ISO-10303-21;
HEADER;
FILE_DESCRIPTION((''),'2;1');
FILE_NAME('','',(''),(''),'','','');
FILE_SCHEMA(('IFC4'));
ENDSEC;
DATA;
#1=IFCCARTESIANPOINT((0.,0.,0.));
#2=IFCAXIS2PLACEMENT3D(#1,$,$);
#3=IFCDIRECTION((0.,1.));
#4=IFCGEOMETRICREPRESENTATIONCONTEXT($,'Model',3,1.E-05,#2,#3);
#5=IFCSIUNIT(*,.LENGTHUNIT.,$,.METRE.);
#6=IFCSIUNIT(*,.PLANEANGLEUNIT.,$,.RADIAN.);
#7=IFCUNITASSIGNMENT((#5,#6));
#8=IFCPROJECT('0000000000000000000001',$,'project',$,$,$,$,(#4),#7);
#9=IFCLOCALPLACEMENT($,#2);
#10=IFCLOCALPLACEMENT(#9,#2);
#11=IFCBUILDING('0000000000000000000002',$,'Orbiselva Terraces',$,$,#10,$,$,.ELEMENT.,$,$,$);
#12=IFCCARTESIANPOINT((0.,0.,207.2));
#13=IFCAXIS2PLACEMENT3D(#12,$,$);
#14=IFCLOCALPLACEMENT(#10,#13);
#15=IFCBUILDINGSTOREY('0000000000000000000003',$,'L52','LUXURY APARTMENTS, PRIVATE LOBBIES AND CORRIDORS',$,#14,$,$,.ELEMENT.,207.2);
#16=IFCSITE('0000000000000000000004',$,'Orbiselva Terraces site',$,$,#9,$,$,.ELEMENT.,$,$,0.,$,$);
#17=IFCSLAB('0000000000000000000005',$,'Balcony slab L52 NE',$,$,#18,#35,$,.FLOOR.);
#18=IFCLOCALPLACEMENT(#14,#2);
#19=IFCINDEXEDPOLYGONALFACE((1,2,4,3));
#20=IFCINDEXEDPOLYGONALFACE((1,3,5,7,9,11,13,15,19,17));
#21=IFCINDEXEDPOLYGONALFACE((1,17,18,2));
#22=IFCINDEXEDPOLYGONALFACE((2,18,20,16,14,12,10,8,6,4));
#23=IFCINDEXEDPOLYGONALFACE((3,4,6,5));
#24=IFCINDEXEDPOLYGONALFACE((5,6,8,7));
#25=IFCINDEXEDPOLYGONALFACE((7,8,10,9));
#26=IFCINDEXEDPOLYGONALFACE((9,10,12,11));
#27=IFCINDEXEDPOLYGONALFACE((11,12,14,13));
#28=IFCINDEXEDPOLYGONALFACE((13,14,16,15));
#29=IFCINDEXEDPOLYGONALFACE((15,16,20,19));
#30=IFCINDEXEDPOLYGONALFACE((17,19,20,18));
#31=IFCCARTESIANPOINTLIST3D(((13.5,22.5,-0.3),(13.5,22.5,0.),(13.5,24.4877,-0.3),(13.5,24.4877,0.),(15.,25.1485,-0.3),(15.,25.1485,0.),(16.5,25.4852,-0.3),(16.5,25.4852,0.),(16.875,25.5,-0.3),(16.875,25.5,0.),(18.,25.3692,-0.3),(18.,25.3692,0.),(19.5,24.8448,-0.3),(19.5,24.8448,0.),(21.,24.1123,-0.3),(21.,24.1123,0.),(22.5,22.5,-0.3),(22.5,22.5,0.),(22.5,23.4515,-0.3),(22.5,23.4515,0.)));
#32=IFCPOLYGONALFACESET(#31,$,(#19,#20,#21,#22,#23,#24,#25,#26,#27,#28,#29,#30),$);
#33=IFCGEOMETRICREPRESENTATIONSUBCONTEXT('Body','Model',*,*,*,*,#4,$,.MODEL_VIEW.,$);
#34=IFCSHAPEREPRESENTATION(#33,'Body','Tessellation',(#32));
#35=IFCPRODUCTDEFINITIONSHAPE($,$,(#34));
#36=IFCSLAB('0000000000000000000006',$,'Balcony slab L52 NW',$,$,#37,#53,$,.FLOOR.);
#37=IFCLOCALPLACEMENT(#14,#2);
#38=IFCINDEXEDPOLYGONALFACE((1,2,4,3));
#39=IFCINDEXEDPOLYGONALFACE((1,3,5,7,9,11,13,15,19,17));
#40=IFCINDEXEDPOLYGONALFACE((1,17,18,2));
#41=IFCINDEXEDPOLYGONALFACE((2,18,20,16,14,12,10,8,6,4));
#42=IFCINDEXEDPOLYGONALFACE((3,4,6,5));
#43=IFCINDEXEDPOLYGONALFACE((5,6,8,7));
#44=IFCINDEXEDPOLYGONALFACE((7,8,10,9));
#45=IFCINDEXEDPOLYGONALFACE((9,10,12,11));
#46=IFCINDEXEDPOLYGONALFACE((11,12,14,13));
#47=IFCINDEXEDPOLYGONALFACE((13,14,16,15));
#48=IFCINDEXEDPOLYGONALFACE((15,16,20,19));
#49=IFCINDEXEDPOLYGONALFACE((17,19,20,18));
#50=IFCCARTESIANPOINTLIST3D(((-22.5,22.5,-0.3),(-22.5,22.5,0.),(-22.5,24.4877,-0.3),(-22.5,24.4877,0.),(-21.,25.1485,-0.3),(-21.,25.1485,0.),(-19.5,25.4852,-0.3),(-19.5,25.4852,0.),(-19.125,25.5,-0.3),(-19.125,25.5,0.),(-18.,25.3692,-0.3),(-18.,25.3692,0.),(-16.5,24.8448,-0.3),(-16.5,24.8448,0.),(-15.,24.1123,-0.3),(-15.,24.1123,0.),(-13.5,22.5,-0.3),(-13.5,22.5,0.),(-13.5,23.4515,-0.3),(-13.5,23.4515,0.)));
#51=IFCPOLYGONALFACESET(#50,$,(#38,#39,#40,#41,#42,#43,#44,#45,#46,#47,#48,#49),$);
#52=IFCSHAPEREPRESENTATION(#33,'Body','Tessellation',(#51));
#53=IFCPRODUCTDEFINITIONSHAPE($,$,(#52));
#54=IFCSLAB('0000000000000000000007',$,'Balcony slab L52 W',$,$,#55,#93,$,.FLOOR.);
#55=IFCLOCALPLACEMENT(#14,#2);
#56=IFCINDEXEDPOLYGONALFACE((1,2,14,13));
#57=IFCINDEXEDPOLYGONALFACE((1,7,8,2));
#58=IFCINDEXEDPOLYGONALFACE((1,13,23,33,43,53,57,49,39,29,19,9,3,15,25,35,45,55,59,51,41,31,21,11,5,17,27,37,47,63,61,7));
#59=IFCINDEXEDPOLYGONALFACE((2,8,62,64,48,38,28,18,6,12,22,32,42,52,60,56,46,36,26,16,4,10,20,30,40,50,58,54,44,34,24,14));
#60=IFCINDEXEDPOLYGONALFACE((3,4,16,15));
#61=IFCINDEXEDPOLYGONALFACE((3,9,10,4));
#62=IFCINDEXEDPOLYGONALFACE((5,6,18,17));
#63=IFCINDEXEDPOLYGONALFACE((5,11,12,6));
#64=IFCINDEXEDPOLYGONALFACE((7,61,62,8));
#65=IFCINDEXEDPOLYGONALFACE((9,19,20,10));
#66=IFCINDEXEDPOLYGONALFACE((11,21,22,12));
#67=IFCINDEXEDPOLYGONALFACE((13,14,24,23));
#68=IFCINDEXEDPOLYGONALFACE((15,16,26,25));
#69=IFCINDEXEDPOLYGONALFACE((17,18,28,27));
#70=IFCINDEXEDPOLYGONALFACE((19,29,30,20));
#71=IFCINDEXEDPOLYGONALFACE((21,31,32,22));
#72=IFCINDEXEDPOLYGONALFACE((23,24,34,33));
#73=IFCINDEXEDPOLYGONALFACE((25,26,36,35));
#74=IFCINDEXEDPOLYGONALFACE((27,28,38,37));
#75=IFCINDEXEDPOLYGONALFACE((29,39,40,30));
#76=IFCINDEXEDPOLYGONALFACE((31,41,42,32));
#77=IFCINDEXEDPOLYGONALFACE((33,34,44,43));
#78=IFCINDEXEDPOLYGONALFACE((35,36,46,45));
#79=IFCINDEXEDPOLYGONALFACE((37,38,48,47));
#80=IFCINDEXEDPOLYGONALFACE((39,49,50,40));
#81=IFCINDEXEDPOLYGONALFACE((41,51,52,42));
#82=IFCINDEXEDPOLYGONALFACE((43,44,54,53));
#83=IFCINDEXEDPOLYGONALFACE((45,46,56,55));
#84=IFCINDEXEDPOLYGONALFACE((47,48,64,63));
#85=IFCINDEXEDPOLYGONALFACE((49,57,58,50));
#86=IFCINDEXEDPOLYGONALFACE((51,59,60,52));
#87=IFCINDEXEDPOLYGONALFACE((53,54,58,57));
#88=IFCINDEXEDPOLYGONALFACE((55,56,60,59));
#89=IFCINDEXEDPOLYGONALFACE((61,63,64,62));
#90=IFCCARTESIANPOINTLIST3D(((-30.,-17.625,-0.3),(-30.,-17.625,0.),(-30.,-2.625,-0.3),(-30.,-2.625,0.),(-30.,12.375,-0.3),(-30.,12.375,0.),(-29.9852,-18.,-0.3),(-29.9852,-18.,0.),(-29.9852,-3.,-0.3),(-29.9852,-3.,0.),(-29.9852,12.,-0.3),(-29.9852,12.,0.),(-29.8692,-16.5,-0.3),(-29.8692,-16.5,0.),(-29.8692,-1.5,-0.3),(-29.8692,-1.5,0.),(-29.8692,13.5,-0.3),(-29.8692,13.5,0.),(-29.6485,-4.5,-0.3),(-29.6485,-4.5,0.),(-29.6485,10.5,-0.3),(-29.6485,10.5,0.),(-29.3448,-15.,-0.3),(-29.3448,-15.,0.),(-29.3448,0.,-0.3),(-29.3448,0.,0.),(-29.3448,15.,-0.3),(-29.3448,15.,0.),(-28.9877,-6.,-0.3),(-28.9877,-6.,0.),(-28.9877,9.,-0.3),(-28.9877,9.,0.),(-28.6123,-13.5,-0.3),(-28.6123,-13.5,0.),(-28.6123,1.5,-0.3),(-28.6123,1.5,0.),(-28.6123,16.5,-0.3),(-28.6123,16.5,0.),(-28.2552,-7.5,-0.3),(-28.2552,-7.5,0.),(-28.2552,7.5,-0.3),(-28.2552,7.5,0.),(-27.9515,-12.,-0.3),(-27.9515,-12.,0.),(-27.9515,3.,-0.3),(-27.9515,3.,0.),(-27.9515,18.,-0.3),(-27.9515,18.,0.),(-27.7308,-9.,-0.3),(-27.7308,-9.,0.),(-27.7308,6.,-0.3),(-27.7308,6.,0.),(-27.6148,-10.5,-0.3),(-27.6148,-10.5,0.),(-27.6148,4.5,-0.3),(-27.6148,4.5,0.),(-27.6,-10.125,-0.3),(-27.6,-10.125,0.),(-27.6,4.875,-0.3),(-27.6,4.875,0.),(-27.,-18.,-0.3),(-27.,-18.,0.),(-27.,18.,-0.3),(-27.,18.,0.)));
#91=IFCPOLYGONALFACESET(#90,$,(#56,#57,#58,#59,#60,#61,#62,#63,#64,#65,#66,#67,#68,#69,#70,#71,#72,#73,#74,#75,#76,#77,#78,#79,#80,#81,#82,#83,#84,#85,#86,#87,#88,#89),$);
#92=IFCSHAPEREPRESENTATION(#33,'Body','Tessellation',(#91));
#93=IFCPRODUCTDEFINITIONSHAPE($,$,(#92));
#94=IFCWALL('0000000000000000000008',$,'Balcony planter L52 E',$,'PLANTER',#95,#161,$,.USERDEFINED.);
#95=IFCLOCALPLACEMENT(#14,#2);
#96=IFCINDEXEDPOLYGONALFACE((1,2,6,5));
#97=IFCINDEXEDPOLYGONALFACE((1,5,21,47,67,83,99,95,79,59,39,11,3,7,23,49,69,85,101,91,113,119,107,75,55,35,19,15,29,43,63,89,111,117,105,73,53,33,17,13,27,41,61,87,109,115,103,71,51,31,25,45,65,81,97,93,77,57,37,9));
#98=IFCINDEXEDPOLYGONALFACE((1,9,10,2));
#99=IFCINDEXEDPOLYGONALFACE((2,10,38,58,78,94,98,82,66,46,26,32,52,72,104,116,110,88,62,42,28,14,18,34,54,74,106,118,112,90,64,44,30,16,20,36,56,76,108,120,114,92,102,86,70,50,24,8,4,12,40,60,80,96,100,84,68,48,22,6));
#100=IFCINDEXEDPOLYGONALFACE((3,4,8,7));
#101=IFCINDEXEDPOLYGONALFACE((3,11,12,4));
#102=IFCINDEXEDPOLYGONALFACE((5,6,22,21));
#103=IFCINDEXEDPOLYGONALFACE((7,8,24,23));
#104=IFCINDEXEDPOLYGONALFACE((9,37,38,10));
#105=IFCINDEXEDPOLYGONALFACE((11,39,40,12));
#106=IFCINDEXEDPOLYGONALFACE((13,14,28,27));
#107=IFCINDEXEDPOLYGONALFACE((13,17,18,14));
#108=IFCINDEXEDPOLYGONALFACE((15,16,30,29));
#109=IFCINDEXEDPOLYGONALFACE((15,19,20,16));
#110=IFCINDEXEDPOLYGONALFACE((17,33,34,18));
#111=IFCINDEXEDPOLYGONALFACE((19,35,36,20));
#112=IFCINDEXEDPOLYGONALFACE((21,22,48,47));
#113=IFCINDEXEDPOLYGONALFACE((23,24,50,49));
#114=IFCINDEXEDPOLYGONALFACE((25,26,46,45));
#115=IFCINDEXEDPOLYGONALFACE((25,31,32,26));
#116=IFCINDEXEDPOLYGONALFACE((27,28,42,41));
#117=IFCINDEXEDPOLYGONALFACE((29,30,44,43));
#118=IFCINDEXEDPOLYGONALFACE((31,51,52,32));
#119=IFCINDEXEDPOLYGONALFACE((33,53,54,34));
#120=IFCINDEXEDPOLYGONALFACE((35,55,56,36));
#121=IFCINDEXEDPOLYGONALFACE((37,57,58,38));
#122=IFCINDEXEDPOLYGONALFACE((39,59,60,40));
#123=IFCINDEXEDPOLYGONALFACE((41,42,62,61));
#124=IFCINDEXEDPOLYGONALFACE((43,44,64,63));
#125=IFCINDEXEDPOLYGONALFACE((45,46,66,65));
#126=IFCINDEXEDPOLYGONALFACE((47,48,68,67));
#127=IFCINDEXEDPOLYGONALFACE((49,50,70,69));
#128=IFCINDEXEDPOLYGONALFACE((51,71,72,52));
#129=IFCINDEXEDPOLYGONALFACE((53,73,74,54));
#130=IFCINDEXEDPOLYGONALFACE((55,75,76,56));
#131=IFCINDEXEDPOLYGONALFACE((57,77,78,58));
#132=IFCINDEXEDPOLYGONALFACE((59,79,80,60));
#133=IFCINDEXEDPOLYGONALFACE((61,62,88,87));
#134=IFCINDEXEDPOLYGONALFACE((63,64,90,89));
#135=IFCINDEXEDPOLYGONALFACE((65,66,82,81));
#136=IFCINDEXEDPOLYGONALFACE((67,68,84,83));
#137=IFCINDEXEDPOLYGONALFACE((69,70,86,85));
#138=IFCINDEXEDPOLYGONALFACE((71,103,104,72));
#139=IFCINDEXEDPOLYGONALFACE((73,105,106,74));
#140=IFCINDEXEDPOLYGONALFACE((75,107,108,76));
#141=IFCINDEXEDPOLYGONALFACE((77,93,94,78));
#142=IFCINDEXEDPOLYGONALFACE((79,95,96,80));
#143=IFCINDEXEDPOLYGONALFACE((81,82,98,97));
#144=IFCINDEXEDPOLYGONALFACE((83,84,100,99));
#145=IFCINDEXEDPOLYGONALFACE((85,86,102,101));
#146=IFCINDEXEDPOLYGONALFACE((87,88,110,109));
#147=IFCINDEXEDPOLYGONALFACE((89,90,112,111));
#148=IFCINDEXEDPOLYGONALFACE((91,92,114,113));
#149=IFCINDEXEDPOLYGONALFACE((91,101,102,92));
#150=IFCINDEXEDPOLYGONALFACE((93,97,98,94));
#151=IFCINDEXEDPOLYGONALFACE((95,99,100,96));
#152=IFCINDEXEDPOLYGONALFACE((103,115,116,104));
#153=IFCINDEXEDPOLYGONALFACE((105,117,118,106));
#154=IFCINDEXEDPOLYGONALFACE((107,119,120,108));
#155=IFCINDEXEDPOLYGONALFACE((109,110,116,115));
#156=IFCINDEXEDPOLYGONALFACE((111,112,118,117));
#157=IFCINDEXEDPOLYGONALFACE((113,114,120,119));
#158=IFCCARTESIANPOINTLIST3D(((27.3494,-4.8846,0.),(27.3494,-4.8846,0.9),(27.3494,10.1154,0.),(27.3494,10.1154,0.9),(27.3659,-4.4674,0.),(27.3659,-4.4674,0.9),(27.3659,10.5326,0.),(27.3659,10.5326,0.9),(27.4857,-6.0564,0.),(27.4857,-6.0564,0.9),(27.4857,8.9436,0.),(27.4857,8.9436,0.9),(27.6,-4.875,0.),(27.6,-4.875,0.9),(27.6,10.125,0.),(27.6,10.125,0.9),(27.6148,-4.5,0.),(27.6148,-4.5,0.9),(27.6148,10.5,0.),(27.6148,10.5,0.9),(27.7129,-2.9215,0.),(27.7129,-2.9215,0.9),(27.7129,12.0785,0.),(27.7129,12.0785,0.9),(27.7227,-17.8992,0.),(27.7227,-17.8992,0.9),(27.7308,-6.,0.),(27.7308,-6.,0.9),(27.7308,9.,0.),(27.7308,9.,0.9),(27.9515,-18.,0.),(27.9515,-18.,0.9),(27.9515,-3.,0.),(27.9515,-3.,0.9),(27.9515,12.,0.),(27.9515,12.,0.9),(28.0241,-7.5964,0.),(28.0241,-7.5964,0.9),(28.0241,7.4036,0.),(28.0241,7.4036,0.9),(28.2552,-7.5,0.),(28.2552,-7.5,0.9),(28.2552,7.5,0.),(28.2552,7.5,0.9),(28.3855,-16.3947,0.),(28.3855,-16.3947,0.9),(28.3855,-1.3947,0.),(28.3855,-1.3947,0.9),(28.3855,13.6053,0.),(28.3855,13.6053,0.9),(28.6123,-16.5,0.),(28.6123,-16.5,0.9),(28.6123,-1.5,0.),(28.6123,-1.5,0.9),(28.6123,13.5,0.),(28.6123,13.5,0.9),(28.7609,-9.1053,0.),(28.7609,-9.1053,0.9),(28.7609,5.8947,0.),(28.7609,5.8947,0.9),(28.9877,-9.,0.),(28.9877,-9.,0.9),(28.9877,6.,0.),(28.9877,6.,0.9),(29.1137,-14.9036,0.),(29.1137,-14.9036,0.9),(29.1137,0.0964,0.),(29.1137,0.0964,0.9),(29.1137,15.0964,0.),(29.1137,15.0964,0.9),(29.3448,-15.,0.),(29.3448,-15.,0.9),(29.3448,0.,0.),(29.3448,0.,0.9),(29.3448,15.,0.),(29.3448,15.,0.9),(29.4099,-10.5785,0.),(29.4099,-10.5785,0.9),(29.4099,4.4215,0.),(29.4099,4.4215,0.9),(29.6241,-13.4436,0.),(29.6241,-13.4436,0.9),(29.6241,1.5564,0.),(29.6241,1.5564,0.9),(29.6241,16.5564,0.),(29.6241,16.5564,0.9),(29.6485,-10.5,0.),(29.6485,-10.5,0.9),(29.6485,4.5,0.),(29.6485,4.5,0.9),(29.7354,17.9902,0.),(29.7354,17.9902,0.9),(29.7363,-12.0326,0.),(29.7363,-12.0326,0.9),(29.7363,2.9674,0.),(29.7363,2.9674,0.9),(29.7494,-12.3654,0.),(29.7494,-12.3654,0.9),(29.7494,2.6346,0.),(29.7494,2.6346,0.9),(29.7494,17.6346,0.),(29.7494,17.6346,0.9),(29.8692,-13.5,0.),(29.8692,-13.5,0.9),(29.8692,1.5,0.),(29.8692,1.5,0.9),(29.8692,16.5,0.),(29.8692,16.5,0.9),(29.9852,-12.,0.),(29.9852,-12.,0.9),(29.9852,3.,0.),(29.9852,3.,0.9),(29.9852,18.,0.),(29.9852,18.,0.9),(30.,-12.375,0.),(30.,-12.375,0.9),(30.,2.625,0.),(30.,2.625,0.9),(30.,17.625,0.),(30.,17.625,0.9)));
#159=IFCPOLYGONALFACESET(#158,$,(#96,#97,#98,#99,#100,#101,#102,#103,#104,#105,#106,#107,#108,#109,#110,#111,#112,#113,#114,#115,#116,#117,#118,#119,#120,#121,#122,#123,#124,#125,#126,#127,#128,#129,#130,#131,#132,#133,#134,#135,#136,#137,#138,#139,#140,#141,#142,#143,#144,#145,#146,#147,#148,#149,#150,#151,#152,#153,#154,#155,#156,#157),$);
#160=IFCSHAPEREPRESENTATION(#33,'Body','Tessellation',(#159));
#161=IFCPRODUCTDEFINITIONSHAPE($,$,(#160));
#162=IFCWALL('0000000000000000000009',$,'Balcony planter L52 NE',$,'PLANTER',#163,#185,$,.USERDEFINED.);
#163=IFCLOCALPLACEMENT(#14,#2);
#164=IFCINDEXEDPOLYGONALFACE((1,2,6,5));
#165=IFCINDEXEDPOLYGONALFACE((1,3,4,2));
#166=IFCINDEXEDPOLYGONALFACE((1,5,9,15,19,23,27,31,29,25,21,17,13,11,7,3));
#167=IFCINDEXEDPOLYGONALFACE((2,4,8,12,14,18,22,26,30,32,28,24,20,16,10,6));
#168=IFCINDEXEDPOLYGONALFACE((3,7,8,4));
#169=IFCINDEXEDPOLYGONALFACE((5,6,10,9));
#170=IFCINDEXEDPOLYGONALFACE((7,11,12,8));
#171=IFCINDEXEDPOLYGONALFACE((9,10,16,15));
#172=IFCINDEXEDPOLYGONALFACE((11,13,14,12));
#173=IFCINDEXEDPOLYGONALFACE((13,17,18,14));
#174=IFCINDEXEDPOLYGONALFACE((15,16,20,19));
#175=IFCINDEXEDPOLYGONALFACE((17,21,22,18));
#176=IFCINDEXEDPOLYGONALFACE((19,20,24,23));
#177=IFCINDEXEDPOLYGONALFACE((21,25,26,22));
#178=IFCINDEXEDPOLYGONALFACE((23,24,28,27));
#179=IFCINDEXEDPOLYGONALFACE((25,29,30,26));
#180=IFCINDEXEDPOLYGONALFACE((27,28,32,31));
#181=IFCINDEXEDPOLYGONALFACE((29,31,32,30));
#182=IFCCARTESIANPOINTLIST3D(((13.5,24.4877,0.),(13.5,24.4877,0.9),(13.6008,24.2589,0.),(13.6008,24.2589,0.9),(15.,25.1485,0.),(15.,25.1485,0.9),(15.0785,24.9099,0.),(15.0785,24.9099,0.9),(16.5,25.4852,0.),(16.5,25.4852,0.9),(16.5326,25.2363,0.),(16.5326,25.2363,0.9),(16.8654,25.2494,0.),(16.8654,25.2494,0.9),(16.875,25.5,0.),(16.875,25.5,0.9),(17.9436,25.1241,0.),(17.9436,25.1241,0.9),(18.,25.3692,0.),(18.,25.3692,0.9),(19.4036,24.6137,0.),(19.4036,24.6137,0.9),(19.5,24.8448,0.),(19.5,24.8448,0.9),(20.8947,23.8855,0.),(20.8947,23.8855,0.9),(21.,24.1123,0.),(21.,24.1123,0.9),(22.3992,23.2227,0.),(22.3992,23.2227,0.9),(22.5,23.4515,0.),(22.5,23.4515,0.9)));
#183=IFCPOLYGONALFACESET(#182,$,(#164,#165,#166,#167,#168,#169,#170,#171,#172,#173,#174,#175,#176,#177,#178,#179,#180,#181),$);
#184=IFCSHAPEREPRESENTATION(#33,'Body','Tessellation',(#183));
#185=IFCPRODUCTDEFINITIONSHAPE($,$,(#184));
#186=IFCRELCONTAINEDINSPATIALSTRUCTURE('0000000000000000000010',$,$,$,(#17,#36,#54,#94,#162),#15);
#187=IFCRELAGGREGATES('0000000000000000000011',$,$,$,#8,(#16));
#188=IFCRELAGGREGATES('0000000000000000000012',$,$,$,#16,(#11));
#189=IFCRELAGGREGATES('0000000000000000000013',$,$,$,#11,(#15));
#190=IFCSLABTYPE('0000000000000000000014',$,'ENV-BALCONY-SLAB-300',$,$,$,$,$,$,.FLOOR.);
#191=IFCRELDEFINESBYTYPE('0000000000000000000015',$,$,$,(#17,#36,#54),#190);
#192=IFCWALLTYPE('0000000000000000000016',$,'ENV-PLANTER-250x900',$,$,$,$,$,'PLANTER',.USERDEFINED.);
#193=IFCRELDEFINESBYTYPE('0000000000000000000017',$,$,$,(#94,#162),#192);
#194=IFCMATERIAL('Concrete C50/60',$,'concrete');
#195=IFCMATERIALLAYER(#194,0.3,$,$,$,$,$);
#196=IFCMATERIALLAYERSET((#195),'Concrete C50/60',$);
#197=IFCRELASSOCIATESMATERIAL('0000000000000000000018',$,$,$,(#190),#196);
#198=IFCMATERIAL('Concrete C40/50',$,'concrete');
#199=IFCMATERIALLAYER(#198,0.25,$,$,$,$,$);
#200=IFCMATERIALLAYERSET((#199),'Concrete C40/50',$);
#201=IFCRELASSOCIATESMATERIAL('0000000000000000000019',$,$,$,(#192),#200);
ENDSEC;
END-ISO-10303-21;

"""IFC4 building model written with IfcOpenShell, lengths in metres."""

from ifc_helpers import new_model, si_unit, direction, frame, origin, place, context, subcontext, project, spatial, polyline, outline, extrude, material, layer, layer_set, type_object, element, save


model = new_model("IFC4")

# Units and contexts
model_context = context("Model", 3, precision=1e-05, world=origin(), true_north=direction((0.0, 1.0)))
body_context = subcontext(model_context, "Body", "Model", "MODEL_VIEW")
ifc_project = project(units=[si_unit("LENGTHUNIT", "METRE"), si_unit("PLANEANGLEUNIT", "RADIAN")], contexts=[model_context])

# Site, building, storey
site_placement = place(None, origin())
site = spatial("IfcSite", under=ifc_project, at=site_placement, Name="Orbiselva Terraces site", CompositionType="ELEMENT", RefElevation=0.0)
building_placement = place(site_placement, origin())
building = spatial("IfcBuilding", under=site, at=building_placement, Name="Orbiselva Terraces", CompositionType="ELEMENT")
storey_placement = place(building_placement, frame((0.0, 0.0, 207.2)))
storey = spatial("IfcBuildingStorey", under=building, at=storey_placement, Name="L52", Description="LUXURY APARTMENTS, PRIVATE LOBBIES AND CORRIDORS", CompositionType="ELEMENT", Elevation=207.2)

# Shared definitions
ifc_material_1 = material(Name="Concrete C40/50", Category="concrete")

# Slabs
ifc_material_2 = material(Name="Concrete C50/60", Category="concrete")
ifc_layer_1 = layer(ifc_material_2, 0.3)
ifc_layer_set_1 = layer_set([ifc_layer_1], Name="Concrete C50/60")
slab_type_1 = type_object("IfcSlabType", Name="ENV-BALCONY-SLAB-300", PredefinedType="FLOOR", material=ifc_layer_set_1)
slab_1_placement = place(storey_placement, frame((0.0, 0.0, -0.3)))
element("IfcSlab", 1, at=slab_1_placement, inside=storey, type_object=slab_type_1, Name="Balcony slab L52 NE", PredefinedType="FLOOR", context=body_context, shape_type="SweptSolid", body=[
    extrude(outline(polyline([(22.5, 23.4515), (21.0, 24.1123), (19.5, 24.8448), (18.0, 25.3692), (16.875, 25.5), (16.5, 25.4852), (15.0, 25.1485), (13.5, 24.4877), (13.5, 22.5), (22.5, 22.5), (22.5, 23.4515)])), origin(), (0.0, 0.0, 1.0), 0.3),
])
slab_2_placement = place(storey_placement, frame((0.0, 0.0, -0.3)))
element("IfcSlab", 2, at=slab_2_placement, inside=storey, type_object=slab_type_1, Name="Balcony slab L52 NW", PredefinedType="FLOOR", context=body_context, shape_type="SweptSolid", body=[
    extrude(outline(polyline([(-13.5, 23.4515), (-15.0, 24.1123), (-16.5, 24.8448), (-18.0, 25.3692), (-19.125, 25.5), (-19.5, 25.4852), (-21.0, 25.1485), (-22.5, 24.4877), (-22.5, 22.5), (-13.5, 22.5), (-13.5, 23.4515)])), origin(), (0.0, 0.0, 1.0), 0.3),
])
slab_3_placement = place(storey_placement, frame((0.0, 0.0, -0.3)))
element("IfcSlab", 3, at=slab_3_placement, inside=storey, type_object=slab_type_1, Name="Balcony slab L52 W", PredefinedType="FLOOR", context=body_context, shape_type="SweptSolid", body=[
    extrude(outline(polyline([(-27.9515, 18.0), (-28.6123, 16.5), (-29.3448, 15.0), (-29.8692, 13.5), (-30.0, 12.375), (-29.9852, 12.0), (-29.6485, 10.5), (-28.9877, 9.0), (-28.2552, 7.5), (-27.7308, 6.0), (-27.6, 4.875), (-27.6148, 4.5), (-27.9515, 3.0), (-28.6123, 1.5), (-29.3448, 0.0), (-29.8692, -1.5), (-30.0, -2.625), (-29.9852, -3.0), (-29.6485, -4.5), (-28.9877, -6.0), (-28.2552, -7.5), (-27.7308, -9.0), (-27.6, -10.125), (-27.6148, -10.5), (-27.9515, -12.0), (-28.6123, -13.5), (-29.3448, -15.0), (-29.8692, -16.5), (-30.0, -17.625), (-29.9852, -18.0), (-27.0, -18.0), (-27.0, 18.0), (-27.9515, 18.0)])), origin(), (0.0, 0.0, 1.0), 0.3),
])

# Walls
ifc_layer_2 = layer(ifc_material_1, 0.25)
ifc_layer_set_2 = layer_set([ifc_layer_2], Name="Concrete C40/50")
wall_type_1 = type_object("IfcWallType", Name="ENV-PLANTER-250x900", ElementType="PLANTER", PredefinedType="USERDEFINED", material=ifc_layer_set_2)
wall_1_placement = place(storey_placement, origin())
element("IfcWall", 4, at=wall_1_placement, inside=storey, type_object=wall_type_1, Name="Balcony planter L52 E", ObjectType="PLANTER", PredefinedType="USERDEFINED", context=body_context, shape_type="SweptSolid", body=[
    extrude(outline(polyline([(27.9515, -18.0), (28.6123, -16.5), (29.3448, -15.0), (29.8692, -13.5), (30.0, -12.375), (29.9852, -12.0), (29.6485, -10.5), (28.9877, -9.0), (28.2552, -7.5), (27.7308, -6.0), (27.6, -4.875), (27.6148, -4.5), (27.9515, -3.0), (28.6123, -1.5), (29.3448, 0.0), (29.8692, 1.5), (30.0, 2.625), (29.9852, 3.0), (29.6485, 4.5), (28.9877, 6.0), (28.2552, 7.5), (27.7308, 9.0), (27.6, 10.125), (27.6148, 10.5), (27.9515, 12.0), (28.6123, 13.5), (29.3448, 15.0), (29.8692, 16.5), (30.0, 17.625), (29.9852, 18.0), (29.7354, 17.9902), (29.7494, 17.6346), (29.6241, 16.5564), (29.1137, 15.0964), (28.3855, 13.6053), (27.7129, 12.0785), (27.3659, 10.5326), (27.3494, 10.1154), (27.4857, 8.9436), (28.0241, 7.4036), (28.7609, 5.8947), (29.4099, 4.4215), (29.7363, 2.9674), (29.7494, 2.6346), (29.6241, 1.5564), (29.1137, 0.0964), (28.3855, -1.3947), (27.7129, -2.9215), (27.3659, -4.4674), (27.3494, -4.8846), (27.4857, -6.0564), (28.0241, -7.5964), (28.7609, -9.1053), (29.4099, -10.5785), (29.7363, -12.0326), (29.7494, -12.3654), (29.6241, -13.4436), (29.1137, -14.9036), (28.3855, -16.3947), (27.7227, -17.8992), (27.9515, -18.0)])), origin(), (0.0, 0.0, 1.0), 0.9),
])
wall_2_placement = place(storey_placement, origin())
element("IfcWall", 5, at=wall_2_placement, inside=storey, type_object=wall_type_1, Name="Balcony planter L52 NE", ObjectType="PLANTER", PredefinedType="USERDEFINED", context=body_context, shape_type="SweptSolid", body=[
    extrude(outline(polyline([(22.5, 23.4515), (21.0, 24.1123), (19.5, 24.8448), (18.0, 25.3692), (16.875, 25.5), (16.5, 25.4852), (15.0, 25.1485), (13.5, 24.4877), (13.6008, 24.2589), (15.0785, 24.9099), (16.5326, 25.2363), (16.8654, 25.2494), (17.9436, 25.1241), (19.4036, 24.6137), (20.8947, 23.8855), (22.3992, 23.2227), (22.5, 23.4515)])), origin(), (0.0, 0.0, 1.0), 0.9),
])

save(model, "model.ifc")
